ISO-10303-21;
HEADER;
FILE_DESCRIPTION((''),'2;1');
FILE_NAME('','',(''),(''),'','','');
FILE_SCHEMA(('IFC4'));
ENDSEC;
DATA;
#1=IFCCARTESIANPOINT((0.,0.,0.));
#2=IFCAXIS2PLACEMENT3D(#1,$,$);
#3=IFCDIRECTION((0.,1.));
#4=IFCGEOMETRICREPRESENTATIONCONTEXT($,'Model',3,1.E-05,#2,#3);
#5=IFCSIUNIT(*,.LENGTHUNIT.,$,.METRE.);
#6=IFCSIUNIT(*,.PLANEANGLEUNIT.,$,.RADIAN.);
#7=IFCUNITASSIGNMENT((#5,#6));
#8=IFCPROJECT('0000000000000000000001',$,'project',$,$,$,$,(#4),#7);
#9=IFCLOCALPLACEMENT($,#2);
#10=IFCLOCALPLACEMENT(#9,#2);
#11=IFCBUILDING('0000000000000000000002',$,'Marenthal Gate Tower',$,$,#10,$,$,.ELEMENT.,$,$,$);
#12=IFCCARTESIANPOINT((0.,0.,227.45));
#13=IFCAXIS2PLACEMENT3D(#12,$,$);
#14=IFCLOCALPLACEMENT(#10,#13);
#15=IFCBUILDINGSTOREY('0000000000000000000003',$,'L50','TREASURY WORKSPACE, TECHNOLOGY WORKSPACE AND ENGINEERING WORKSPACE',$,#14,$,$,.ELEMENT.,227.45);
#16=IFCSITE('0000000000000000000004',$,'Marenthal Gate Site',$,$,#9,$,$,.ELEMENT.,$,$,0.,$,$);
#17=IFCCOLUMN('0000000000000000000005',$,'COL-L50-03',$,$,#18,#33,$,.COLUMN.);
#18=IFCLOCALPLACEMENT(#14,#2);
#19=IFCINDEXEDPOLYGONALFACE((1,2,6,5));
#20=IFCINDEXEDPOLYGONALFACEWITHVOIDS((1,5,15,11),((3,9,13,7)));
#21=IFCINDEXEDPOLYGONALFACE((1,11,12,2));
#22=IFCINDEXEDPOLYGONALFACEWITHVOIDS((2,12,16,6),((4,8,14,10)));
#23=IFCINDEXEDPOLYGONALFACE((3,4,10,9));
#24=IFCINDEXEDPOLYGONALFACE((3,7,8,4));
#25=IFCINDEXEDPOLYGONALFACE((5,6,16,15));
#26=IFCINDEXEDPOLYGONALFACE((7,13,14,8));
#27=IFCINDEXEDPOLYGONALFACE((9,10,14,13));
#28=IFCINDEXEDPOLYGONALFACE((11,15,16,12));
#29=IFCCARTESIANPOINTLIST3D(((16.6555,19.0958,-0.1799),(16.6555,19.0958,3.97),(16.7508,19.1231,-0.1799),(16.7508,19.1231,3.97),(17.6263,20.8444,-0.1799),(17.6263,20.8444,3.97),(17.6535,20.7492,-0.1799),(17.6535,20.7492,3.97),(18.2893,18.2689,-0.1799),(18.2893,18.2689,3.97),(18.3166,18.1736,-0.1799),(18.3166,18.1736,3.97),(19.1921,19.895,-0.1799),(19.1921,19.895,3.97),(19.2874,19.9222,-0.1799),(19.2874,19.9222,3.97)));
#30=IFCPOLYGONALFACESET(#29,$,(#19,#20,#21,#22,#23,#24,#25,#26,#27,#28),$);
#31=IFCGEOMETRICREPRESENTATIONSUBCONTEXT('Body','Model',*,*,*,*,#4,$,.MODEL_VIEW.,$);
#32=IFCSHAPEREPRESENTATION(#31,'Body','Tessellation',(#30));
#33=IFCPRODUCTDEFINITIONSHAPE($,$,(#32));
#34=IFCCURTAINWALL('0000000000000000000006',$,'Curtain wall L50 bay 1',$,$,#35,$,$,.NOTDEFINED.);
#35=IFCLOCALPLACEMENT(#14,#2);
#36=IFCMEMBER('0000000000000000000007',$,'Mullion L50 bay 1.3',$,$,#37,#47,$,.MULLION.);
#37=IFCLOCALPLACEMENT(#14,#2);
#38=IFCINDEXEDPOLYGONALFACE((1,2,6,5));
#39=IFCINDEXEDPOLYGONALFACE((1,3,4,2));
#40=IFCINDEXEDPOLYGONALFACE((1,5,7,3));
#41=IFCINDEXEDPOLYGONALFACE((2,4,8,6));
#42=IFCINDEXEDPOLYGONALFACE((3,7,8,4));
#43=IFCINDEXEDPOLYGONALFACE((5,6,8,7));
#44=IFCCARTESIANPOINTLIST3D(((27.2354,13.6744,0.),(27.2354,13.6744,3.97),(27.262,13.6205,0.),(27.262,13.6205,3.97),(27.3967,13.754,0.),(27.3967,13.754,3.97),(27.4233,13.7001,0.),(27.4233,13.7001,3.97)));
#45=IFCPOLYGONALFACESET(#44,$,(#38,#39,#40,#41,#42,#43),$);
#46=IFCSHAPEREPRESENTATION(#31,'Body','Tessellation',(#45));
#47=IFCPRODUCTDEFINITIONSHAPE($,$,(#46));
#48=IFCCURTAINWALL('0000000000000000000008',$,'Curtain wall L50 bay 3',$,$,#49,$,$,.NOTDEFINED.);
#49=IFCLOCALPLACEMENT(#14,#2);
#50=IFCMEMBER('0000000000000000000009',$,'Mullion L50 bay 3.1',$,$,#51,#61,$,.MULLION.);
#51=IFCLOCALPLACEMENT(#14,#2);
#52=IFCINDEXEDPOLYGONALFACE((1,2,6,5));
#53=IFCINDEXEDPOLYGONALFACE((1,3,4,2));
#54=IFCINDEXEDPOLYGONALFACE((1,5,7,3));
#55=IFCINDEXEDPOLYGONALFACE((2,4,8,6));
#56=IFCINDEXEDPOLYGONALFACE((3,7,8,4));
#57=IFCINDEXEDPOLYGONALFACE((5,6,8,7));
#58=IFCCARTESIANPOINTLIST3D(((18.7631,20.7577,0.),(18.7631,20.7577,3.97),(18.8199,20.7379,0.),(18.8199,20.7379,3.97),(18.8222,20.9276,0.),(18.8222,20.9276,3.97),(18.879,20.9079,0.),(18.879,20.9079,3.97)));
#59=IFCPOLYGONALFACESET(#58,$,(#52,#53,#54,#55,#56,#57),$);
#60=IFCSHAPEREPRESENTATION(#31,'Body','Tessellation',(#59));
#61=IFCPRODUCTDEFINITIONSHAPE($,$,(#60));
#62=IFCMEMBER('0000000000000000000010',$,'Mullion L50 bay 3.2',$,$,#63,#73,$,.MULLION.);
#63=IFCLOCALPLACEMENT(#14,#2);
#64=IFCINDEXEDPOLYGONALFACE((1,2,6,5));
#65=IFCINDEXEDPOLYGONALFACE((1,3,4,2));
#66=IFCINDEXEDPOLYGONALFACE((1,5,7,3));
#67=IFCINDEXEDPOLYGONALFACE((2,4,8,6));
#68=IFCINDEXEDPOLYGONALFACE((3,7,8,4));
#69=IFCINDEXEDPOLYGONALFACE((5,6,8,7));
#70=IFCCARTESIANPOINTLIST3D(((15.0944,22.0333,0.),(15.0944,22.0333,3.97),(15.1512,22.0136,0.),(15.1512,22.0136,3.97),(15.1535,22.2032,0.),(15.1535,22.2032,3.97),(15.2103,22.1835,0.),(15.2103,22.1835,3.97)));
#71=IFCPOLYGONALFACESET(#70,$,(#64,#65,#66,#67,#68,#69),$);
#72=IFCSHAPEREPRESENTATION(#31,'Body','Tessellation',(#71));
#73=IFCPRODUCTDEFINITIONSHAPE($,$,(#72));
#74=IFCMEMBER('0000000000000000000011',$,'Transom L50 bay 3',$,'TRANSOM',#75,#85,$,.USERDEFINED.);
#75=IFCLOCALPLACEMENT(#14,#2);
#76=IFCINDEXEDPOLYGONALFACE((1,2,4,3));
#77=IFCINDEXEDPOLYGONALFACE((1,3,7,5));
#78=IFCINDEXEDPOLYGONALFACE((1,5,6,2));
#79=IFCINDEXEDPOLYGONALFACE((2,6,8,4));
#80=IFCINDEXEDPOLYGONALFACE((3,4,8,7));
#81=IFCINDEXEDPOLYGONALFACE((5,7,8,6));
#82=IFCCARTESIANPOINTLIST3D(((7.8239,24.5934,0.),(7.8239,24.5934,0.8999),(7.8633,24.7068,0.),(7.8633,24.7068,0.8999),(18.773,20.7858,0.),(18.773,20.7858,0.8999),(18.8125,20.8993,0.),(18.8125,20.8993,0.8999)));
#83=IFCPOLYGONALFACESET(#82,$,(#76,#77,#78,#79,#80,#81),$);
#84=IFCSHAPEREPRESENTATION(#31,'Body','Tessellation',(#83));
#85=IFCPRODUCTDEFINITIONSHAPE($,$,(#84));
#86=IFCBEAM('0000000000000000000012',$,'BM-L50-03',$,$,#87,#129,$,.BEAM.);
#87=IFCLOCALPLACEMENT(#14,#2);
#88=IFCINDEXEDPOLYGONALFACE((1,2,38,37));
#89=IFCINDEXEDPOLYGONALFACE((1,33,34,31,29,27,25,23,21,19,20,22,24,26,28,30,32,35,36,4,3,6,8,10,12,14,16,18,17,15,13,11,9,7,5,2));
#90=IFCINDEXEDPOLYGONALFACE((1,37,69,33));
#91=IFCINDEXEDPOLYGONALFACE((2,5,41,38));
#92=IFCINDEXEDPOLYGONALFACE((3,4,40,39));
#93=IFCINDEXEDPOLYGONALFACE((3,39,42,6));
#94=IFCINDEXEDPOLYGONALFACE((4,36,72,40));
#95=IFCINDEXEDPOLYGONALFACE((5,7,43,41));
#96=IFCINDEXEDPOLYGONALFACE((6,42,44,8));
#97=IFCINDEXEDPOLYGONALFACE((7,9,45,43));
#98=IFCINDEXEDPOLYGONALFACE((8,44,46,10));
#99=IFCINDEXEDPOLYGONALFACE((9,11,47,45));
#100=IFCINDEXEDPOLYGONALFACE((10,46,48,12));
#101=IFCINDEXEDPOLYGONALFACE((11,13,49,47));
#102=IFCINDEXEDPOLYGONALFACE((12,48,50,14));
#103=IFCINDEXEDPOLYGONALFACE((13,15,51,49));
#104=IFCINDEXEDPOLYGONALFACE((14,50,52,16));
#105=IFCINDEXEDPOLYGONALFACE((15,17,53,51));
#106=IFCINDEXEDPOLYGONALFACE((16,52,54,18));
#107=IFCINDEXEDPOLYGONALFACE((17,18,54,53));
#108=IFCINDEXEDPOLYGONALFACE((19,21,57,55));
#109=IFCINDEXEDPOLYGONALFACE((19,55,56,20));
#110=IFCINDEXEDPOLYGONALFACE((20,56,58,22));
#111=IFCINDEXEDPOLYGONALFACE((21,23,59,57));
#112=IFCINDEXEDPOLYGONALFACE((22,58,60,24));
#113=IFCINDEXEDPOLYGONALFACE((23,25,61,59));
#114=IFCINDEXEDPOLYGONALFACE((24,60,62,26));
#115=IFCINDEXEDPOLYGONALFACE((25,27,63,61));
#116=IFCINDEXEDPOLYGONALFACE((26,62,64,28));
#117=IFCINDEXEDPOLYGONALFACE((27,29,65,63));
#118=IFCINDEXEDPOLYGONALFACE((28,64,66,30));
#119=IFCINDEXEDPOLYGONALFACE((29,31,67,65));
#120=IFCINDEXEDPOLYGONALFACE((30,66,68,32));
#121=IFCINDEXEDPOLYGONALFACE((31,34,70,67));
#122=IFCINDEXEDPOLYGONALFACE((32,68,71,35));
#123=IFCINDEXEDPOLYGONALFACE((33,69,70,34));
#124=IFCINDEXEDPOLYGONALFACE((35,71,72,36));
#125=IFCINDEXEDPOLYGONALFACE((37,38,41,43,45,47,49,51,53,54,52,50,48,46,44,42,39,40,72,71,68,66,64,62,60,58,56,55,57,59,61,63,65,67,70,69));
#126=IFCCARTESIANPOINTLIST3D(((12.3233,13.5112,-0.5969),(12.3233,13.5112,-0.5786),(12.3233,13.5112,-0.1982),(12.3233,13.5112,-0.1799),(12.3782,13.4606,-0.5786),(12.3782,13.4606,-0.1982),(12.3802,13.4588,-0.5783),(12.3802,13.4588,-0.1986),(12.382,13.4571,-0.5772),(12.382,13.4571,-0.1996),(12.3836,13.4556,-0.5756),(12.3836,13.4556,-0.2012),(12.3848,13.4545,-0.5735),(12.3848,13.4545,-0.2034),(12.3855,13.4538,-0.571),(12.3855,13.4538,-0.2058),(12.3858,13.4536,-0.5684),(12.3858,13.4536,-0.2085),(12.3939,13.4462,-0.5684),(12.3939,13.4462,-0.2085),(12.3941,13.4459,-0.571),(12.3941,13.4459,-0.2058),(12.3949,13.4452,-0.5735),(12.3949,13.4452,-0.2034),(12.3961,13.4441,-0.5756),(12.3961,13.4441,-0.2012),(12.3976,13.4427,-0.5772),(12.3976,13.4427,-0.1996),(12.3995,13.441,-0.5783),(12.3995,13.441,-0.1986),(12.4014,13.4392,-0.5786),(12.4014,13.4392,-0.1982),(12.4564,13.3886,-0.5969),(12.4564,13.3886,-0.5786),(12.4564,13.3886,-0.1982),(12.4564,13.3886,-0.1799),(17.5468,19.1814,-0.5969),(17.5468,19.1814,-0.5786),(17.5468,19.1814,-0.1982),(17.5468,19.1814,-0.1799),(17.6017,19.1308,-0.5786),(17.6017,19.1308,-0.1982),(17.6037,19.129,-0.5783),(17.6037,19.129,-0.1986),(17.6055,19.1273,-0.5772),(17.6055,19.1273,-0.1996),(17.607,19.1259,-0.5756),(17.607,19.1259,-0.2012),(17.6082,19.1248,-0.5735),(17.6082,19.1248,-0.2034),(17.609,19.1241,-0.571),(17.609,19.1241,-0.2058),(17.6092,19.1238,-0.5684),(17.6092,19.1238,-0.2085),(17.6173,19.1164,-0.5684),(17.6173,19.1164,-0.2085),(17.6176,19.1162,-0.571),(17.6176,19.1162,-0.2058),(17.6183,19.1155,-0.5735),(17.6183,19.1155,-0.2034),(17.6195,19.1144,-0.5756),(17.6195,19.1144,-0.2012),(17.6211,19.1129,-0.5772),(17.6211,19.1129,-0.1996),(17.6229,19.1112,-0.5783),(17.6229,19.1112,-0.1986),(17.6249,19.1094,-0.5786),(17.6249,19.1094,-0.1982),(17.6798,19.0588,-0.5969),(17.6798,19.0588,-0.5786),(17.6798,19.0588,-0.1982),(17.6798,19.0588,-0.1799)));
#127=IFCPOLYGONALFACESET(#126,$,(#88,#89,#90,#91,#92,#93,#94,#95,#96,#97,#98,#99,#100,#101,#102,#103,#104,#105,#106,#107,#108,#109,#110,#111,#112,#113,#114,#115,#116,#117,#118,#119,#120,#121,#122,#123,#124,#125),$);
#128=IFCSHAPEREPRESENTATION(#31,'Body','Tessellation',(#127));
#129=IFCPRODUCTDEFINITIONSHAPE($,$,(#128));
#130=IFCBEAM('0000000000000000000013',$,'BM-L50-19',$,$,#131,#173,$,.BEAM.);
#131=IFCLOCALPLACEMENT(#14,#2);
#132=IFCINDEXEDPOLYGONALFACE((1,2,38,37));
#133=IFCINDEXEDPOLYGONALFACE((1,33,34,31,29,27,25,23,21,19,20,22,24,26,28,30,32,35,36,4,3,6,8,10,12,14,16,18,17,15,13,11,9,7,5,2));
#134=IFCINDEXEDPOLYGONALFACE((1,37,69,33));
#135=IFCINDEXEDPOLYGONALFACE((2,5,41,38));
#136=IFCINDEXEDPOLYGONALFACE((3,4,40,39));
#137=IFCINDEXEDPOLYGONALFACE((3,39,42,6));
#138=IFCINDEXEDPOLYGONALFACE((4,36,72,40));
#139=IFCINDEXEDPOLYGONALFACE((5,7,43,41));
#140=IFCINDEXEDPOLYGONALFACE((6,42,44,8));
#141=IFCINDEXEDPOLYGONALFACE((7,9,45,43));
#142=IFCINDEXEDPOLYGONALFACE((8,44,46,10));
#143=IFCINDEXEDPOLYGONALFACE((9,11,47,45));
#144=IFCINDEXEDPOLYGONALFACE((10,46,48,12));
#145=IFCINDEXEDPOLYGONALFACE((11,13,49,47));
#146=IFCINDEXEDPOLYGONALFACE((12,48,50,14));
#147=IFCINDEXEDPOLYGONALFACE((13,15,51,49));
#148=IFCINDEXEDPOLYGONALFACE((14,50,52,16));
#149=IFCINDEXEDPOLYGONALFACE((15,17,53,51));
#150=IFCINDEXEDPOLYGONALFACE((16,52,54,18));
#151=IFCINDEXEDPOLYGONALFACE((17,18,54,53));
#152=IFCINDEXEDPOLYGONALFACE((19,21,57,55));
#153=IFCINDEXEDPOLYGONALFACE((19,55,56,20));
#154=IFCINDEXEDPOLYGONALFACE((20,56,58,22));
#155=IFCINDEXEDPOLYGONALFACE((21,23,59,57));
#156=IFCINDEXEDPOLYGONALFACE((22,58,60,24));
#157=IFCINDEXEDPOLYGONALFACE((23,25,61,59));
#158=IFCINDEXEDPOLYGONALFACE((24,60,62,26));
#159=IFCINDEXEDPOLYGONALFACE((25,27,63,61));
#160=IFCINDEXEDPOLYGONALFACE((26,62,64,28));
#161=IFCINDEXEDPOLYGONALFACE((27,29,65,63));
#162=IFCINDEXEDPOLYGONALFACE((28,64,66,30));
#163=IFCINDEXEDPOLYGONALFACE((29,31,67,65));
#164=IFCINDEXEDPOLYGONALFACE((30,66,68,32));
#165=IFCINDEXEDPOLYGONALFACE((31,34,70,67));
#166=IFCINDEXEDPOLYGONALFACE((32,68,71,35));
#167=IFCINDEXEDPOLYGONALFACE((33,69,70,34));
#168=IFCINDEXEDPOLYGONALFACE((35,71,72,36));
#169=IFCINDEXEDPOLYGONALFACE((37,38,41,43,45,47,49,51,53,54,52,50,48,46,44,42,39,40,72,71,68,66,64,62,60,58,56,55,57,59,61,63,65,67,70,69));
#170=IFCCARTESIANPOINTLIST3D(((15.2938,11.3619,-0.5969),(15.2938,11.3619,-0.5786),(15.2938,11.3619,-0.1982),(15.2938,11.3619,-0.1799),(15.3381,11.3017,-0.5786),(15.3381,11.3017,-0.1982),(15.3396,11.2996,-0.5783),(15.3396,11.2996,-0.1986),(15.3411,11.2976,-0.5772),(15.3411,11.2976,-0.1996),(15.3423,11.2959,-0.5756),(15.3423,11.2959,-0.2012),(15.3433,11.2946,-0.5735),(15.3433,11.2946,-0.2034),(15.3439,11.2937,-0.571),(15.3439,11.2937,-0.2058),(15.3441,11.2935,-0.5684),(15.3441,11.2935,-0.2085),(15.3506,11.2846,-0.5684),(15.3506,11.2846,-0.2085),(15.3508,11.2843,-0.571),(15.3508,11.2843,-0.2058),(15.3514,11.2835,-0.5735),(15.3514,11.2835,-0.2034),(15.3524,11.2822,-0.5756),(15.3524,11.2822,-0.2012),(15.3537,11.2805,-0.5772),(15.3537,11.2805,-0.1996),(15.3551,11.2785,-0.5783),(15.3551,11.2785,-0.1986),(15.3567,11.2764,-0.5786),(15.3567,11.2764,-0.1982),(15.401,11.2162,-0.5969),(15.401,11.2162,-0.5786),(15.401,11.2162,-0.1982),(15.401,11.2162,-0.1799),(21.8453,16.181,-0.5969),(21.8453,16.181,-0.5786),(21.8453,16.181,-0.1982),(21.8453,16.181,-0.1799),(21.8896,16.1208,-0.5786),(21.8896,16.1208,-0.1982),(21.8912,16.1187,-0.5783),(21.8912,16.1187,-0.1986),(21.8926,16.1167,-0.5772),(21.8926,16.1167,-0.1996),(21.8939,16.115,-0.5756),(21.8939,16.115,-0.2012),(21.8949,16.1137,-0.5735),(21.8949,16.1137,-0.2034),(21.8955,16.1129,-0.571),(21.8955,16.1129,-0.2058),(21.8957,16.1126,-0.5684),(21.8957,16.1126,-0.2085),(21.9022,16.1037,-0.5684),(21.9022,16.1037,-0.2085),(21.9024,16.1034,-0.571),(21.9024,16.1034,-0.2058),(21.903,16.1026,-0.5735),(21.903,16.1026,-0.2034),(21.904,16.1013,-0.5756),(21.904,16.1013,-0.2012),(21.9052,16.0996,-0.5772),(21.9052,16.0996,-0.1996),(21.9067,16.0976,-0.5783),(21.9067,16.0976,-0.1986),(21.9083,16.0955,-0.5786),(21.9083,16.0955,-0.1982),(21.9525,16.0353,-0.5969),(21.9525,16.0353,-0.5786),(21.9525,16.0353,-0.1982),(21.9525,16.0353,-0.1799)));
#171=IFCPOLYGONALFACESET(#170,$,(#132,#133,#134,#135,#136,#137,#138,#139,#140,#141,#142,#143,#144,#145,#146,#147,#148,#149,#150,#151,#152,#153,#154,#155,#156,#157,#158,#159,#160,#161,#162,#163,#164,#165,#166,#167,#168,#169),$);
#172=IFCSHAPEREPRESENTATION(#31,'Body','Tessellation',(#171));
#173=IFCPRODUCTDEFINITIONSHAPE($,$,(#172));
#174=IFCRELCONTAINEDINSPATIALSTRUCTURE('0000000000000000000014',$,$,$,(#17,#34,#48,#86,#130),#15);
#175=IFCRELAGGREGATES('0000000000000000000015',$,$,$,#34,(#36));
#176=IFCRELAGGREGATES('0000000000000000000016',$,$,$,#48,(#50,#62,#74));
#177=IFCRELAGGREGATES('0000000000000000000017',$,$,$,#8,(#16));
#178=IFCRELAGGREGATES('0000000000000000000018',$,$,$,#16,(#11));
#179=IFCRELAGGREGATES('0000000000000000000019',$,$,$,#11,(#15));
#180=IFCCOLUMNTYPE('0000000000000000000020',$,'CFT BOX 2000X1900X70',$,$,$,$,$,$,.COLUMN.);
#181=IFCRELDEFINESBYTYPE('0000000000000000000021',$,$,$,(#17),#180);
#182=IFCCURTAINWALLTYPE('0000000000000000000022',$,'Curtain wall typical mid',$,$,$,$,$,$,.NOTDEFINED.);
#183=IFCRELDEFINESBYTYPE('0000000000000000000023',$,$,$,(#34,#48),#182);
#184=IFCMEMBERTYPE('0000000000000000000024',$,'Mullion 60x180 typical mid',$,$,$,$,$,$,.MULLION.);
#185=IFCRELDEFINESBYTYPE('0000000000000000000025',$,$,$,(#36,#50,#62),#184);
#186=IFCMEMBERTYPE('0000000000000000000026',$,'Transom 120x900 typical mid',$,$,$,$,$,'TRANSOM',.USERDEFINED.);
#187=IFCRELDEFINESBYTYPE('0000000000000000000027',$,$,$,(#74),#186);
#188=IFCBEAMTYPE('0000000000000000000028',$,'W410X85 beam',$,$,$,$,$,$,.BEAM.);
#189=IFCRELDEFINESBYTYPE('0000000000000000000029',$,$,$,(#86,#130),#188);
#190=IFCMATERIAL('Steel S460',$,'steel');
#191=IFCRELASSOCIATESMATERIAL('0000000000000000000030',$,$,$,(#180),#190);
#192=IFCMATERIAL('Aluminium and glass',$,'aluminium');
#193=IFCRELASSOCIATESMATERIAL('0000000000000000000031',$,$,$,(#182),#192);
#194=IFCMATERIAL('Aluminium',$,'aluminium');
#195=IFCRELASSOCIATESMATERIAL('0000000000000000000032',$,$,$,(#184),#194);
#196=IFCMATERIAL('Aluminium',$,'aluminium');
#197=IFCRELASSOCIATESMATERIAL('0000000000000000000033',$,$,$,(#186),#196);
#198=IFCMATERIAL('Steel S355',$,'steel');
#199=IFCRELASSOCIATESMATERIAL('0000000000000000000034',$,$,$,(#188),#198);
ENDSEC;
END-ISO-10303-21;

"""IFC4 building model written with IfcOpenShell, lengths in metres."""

from ifc_helpers import new_model, si_unit, direction, frame, origin, origin_2d, place, context, subcontext, project, spatial, rectangle, hollow_rectangle, i_section, extrude, material, material_profile, profile_set, type_object, element, aggregate, save


model = new_model("IFC4")

# Units and contexts
model_context = context("Model", 3, precision=1e-05, world=origin(), true_north=direction((0.0, 1.0)))
body_context = subcontext(model_context, "Body", "Model", "MODEL_VIEW")
ifc_project = project(units=[si_unit("LENGTHUNIT", "METRE"), si_unit("PLANEANGLEUNIT", "RADIAN")], contexts=[model_context])

# Site, building, storey
site_placement = place(None, origin())
site = spatial("IfcSite", under=ifc_project, at=site_placement, Name="Marenthal Gate Site", CompositionType="ELEMENT", RefElevation=0.0)
building_placement = place(site_placement, origin())
building = spatial("IfcBuilding", under=site, at=building_placement, Name="Marenthal Gate Tower", CompositionType="ELEMENT")
storey_placement = place(building_placement, frame((0.0, 0.0, 227.45)))
storey = spatial("IfcBuildingStorey", under=building, at=storey_placement, Name="L50", Description="TREASURY WORKSPACE, TECHNOLOGY WORKSPACE AND ENGINEERING WORKSPACE", CompositionType="ELEMENT", Elevation=227.45)

# Column
ifc_material_1 = material(Name="Steel S460", Category="steel")
ifc_material_profile_1 = material_profile(ifc_material_1, hollow_rectangle(XDim=1.8999, YDim=2.0, WallThickness=0.0701, at=origin_2d()), Name="CFT BOX 2000X1900X70")
ifc_material_2 = material(Name="Concrete 70 MPa", Category="concrete")
ifc_material_profile_2 = material_profile(ifc_material_2, rectangle(XDim=1.76, YDim=1.8601, at=origin_2d()), Name="CFT BOX 2000X1900X70 INFILL")
ifc_profile_set_1 = profile_set([ifc_material_profile_1, ifc_material_profile_2], Name="Steel S460 shell, Concrete 70 MPa infill")
column_type = type_object("IfcColumnType", Name="CFT BOX 2000X1900X70", PredefinedType="COLUMN", material=ifc_profile_set_1)
column_placement = place(storey_placement, frame((17.9714, 19.509, -0.1799), z_axis=(0.0, 0.0, 1.0), x_axis=(0.874301, -0.485385, 0.0)))
element("IfcColumn", 1, at=column_placement, inside=storey, type_object=column_type, Name="COL-L50-03", PredefinedType="COLUMN", context=body_context, shape_type="SweptSolid", body=[
    extrude(hollow_rectangle(XDim=1.8999, YDim=2.0, WallThickness=0.0701, at=origin_2d()), origin(), (0.0, 0.0, 1.0), 4.1499),
])

# Curtain wall, member
ifc_material_3 = material(Name="Aluminium and glass", Category="aluminium")
curtain_wall_type = type_object("IfcCurtainWallType", Name="Curtain wall typical mid", PredefinedType="NOTDEFINED", material=ifc_material_3)
curtain_wall_1_placement = place(storey_placement, origin())
curtain_wall_1 = element("IfcCurtainWall", 2, at=curtain_wall_1_placement, inside=storey, type_object=curtain_wall_type, Name="Curtain wall L50 bay 1", PredefinedType="NOTDEFINED")
ifc_material_4 = material(Name="Aluminium", Category="aluminium")
ifc_material_profile_3 = material_profile(ifc_material_4, rectangle(XDim=0.1799, YDim=0.0601, at=origin_2d()), Name="60x180 aluminium mullion")
ifc_profile_set_2 = profile_set([ifc_material_profile_3], Name="Aluminium")
member_type_1 = type_object("IfcMemberType", Name="Mullion 60x180 typical mid", PredefinedType="MULLION", material=ifc_profile_set_2)
member_1_placement = place(storey_placement, frame((27.3293, 13.6873, 0.0), z_axis=(0.0, 0.0, 1.0), x_axis=(-0.896798, -0.442441, 0.0)))
member_1 = element("IfcMember", 3, at=member_1_placement, type_object=member_type_1, Name="Mullion L50 bay 1.3", PredefinedType="MULLION", context=body_context, shape_type="SweptSolid", body=[
    extrude(rectangle(XDim=0.1799, YDim=0.0601, at=origin_2d()), origin(), (0.0, 0.0, 1.0), 3.97),
])
aggregate(curtain_wall_1, [member_1])

# Curtain wall, members
curtain_wall_2_placement = place(storey_placement, origin())
curtain_wall_2 = element("IfcCurtainWall", 4, at=curtain_wall_2_placement, inside=storey, type_object=curtain_wall_type, Name="Curtain wall L50 bay 3", PredefinedType="NOTDEFINED")
member_2_placement = place(storey_placement, frame((18.821, 20.8328, 0.0), z_axis=(0.0, 0.0, 1.0), x_axis=(-0.328468, -0.944515, 0.0)))
member_2 = element("IfcMember", 5, at=member_2_placement, type_object=member_type_1, Name="Mullion L50 bay 3.1", PredefinedType="MULLION", context=body_context, shape_type="SweptSolid", body=[
    extrude(rectangle(XDim=0.1799, YDim=0.0601, at=origin_2d()), origin(), (0.0, 0.0, 1.0), 3.97),
])
member_3_placement = place(storey_placement, frame((15.1523, 22.1084, 0.0), z_axis=(0.0, 0.0, 1.0), x_axis=(-0.328468, -0.944515, 0.0)))
member_3 = element("IfcMember", 6, at=member_3_placement, type_object=member_type_1, Name="Mullion L50 bay 3.2", PredefinedType="MULLION", context=body_context, shape_type="SweptSolid", body=[
    extrude(rectangle(XDim=0.1799, YDim=0.0601, at=origin_2d()), origin(), (0.0, 0.0, 1.0), 3.97),
])
ifc_material_5 = material(Name="Aluminium", Category="aluminium")
ifc_material_profile_4 = material_profile(ifc_material_5, rectangle(XDim=0.1201, YDim=0.8999, at=origin_2d()), Name="120x900 aluminium transom")
ifc_profile_set_3 = profile_set([ifc_material_profile_4], Name="Aluminium")
member_type_2 = type_object("IfcMemberType", Name="Transom 120x900 typical mid", ElementType="TRANSOM", PredefinedType="USERDEFINED", material=ifc_profile_set_3)
member_4_placement = place(storey_placement, frame((18.7927, 20.8425, 0.45), z_axis=(-0.944518, 0.328459, 0.0), x_axis=(-0.328459, -0.944518, 0.0)))
member_4 = element("IfcMember", 7, at=member_4_placement, type_object=member_type_2, Name="Transom L50 bay 3", ObjectType="TRANSOM", PredefinedType="USERDEFINED", context=body_context, shape_type="SweptSolid", body=[
    extrude(rectangle(XDim=0.1201, YDim=0.8999, at=origin_2d()), origin(), (0.0, 0.0, 1.0), 11.5923),
])

# Beams
ifc_material_6 = material(Name="Steel S355", Category="steel")
ifc_material_profile_5 = material_profile(ifc_material_6, i_section(OverallWidth=0.1809, OverallDepth=0.417, WebThickness=0.011, FlangeThickness=0.0183, FilletRadius=0.0103, at=origin_2d()), Name="W410X85")
ifc_profile_set_4 = profile_set([ifc_material_profile_5], Name="Steel S355")
beam_type_1 = type_object("IfcBeamType", Name="W410X85 beam", PredefinedType="BEAM", material=ifc_profile_set_4)
beam_1_placement = place(storey_placement, frame((17.6133, 19.1201, -0.3884), z_axis=(-0.677537, -0.735489, 0.0), x_axis=(0.735489, -0.677537, 0.0)))
element("IfcBeam", 8, at=beam_1_placement, inside=storey, type_object=beam_type_1, Name="BM-L50-03", PredefinedType="BEAM", context=body_context, shape_type="SweptSolid", body=[
    extrude(i_section(OverallWidth=0.1809, OverallDepth=0.417, WebThickness=0.011, FlangeThickness=0.0183, FilletRadius=0.0103, at=origin_2d()), origin(), (0.0, 0.0, 1.0), 7.7095),
])
beam_2_placement = place(storey_placement, frame((21.8989, 16.1082, -0.3884), z_axis=(-0.805545, -0.592534, 0.0), x_axis=(0.592534, -0.805545, 0.0)))
element("IfcBeam", 9, at=beam_2_placement, inside=storey, type_object=beam_type_1, Name="BM-L50-19", PredefinedType="BEAM", context=body_context, shape_type="SweptSolid", body=[
    extrude(i_section(OverallWidth=0.1809, OverallDepth=0.417, WebThickness=0.011, FlangeThickness=0.0183, FilletRadius=0.0103, at=origin_2d()), origin(), (0.0, 0.0, 1.0), 8.1331),
])

aggregate(curtain_wall_2, [member_2, member_3, member_4])

save(model, "model.ifc")
